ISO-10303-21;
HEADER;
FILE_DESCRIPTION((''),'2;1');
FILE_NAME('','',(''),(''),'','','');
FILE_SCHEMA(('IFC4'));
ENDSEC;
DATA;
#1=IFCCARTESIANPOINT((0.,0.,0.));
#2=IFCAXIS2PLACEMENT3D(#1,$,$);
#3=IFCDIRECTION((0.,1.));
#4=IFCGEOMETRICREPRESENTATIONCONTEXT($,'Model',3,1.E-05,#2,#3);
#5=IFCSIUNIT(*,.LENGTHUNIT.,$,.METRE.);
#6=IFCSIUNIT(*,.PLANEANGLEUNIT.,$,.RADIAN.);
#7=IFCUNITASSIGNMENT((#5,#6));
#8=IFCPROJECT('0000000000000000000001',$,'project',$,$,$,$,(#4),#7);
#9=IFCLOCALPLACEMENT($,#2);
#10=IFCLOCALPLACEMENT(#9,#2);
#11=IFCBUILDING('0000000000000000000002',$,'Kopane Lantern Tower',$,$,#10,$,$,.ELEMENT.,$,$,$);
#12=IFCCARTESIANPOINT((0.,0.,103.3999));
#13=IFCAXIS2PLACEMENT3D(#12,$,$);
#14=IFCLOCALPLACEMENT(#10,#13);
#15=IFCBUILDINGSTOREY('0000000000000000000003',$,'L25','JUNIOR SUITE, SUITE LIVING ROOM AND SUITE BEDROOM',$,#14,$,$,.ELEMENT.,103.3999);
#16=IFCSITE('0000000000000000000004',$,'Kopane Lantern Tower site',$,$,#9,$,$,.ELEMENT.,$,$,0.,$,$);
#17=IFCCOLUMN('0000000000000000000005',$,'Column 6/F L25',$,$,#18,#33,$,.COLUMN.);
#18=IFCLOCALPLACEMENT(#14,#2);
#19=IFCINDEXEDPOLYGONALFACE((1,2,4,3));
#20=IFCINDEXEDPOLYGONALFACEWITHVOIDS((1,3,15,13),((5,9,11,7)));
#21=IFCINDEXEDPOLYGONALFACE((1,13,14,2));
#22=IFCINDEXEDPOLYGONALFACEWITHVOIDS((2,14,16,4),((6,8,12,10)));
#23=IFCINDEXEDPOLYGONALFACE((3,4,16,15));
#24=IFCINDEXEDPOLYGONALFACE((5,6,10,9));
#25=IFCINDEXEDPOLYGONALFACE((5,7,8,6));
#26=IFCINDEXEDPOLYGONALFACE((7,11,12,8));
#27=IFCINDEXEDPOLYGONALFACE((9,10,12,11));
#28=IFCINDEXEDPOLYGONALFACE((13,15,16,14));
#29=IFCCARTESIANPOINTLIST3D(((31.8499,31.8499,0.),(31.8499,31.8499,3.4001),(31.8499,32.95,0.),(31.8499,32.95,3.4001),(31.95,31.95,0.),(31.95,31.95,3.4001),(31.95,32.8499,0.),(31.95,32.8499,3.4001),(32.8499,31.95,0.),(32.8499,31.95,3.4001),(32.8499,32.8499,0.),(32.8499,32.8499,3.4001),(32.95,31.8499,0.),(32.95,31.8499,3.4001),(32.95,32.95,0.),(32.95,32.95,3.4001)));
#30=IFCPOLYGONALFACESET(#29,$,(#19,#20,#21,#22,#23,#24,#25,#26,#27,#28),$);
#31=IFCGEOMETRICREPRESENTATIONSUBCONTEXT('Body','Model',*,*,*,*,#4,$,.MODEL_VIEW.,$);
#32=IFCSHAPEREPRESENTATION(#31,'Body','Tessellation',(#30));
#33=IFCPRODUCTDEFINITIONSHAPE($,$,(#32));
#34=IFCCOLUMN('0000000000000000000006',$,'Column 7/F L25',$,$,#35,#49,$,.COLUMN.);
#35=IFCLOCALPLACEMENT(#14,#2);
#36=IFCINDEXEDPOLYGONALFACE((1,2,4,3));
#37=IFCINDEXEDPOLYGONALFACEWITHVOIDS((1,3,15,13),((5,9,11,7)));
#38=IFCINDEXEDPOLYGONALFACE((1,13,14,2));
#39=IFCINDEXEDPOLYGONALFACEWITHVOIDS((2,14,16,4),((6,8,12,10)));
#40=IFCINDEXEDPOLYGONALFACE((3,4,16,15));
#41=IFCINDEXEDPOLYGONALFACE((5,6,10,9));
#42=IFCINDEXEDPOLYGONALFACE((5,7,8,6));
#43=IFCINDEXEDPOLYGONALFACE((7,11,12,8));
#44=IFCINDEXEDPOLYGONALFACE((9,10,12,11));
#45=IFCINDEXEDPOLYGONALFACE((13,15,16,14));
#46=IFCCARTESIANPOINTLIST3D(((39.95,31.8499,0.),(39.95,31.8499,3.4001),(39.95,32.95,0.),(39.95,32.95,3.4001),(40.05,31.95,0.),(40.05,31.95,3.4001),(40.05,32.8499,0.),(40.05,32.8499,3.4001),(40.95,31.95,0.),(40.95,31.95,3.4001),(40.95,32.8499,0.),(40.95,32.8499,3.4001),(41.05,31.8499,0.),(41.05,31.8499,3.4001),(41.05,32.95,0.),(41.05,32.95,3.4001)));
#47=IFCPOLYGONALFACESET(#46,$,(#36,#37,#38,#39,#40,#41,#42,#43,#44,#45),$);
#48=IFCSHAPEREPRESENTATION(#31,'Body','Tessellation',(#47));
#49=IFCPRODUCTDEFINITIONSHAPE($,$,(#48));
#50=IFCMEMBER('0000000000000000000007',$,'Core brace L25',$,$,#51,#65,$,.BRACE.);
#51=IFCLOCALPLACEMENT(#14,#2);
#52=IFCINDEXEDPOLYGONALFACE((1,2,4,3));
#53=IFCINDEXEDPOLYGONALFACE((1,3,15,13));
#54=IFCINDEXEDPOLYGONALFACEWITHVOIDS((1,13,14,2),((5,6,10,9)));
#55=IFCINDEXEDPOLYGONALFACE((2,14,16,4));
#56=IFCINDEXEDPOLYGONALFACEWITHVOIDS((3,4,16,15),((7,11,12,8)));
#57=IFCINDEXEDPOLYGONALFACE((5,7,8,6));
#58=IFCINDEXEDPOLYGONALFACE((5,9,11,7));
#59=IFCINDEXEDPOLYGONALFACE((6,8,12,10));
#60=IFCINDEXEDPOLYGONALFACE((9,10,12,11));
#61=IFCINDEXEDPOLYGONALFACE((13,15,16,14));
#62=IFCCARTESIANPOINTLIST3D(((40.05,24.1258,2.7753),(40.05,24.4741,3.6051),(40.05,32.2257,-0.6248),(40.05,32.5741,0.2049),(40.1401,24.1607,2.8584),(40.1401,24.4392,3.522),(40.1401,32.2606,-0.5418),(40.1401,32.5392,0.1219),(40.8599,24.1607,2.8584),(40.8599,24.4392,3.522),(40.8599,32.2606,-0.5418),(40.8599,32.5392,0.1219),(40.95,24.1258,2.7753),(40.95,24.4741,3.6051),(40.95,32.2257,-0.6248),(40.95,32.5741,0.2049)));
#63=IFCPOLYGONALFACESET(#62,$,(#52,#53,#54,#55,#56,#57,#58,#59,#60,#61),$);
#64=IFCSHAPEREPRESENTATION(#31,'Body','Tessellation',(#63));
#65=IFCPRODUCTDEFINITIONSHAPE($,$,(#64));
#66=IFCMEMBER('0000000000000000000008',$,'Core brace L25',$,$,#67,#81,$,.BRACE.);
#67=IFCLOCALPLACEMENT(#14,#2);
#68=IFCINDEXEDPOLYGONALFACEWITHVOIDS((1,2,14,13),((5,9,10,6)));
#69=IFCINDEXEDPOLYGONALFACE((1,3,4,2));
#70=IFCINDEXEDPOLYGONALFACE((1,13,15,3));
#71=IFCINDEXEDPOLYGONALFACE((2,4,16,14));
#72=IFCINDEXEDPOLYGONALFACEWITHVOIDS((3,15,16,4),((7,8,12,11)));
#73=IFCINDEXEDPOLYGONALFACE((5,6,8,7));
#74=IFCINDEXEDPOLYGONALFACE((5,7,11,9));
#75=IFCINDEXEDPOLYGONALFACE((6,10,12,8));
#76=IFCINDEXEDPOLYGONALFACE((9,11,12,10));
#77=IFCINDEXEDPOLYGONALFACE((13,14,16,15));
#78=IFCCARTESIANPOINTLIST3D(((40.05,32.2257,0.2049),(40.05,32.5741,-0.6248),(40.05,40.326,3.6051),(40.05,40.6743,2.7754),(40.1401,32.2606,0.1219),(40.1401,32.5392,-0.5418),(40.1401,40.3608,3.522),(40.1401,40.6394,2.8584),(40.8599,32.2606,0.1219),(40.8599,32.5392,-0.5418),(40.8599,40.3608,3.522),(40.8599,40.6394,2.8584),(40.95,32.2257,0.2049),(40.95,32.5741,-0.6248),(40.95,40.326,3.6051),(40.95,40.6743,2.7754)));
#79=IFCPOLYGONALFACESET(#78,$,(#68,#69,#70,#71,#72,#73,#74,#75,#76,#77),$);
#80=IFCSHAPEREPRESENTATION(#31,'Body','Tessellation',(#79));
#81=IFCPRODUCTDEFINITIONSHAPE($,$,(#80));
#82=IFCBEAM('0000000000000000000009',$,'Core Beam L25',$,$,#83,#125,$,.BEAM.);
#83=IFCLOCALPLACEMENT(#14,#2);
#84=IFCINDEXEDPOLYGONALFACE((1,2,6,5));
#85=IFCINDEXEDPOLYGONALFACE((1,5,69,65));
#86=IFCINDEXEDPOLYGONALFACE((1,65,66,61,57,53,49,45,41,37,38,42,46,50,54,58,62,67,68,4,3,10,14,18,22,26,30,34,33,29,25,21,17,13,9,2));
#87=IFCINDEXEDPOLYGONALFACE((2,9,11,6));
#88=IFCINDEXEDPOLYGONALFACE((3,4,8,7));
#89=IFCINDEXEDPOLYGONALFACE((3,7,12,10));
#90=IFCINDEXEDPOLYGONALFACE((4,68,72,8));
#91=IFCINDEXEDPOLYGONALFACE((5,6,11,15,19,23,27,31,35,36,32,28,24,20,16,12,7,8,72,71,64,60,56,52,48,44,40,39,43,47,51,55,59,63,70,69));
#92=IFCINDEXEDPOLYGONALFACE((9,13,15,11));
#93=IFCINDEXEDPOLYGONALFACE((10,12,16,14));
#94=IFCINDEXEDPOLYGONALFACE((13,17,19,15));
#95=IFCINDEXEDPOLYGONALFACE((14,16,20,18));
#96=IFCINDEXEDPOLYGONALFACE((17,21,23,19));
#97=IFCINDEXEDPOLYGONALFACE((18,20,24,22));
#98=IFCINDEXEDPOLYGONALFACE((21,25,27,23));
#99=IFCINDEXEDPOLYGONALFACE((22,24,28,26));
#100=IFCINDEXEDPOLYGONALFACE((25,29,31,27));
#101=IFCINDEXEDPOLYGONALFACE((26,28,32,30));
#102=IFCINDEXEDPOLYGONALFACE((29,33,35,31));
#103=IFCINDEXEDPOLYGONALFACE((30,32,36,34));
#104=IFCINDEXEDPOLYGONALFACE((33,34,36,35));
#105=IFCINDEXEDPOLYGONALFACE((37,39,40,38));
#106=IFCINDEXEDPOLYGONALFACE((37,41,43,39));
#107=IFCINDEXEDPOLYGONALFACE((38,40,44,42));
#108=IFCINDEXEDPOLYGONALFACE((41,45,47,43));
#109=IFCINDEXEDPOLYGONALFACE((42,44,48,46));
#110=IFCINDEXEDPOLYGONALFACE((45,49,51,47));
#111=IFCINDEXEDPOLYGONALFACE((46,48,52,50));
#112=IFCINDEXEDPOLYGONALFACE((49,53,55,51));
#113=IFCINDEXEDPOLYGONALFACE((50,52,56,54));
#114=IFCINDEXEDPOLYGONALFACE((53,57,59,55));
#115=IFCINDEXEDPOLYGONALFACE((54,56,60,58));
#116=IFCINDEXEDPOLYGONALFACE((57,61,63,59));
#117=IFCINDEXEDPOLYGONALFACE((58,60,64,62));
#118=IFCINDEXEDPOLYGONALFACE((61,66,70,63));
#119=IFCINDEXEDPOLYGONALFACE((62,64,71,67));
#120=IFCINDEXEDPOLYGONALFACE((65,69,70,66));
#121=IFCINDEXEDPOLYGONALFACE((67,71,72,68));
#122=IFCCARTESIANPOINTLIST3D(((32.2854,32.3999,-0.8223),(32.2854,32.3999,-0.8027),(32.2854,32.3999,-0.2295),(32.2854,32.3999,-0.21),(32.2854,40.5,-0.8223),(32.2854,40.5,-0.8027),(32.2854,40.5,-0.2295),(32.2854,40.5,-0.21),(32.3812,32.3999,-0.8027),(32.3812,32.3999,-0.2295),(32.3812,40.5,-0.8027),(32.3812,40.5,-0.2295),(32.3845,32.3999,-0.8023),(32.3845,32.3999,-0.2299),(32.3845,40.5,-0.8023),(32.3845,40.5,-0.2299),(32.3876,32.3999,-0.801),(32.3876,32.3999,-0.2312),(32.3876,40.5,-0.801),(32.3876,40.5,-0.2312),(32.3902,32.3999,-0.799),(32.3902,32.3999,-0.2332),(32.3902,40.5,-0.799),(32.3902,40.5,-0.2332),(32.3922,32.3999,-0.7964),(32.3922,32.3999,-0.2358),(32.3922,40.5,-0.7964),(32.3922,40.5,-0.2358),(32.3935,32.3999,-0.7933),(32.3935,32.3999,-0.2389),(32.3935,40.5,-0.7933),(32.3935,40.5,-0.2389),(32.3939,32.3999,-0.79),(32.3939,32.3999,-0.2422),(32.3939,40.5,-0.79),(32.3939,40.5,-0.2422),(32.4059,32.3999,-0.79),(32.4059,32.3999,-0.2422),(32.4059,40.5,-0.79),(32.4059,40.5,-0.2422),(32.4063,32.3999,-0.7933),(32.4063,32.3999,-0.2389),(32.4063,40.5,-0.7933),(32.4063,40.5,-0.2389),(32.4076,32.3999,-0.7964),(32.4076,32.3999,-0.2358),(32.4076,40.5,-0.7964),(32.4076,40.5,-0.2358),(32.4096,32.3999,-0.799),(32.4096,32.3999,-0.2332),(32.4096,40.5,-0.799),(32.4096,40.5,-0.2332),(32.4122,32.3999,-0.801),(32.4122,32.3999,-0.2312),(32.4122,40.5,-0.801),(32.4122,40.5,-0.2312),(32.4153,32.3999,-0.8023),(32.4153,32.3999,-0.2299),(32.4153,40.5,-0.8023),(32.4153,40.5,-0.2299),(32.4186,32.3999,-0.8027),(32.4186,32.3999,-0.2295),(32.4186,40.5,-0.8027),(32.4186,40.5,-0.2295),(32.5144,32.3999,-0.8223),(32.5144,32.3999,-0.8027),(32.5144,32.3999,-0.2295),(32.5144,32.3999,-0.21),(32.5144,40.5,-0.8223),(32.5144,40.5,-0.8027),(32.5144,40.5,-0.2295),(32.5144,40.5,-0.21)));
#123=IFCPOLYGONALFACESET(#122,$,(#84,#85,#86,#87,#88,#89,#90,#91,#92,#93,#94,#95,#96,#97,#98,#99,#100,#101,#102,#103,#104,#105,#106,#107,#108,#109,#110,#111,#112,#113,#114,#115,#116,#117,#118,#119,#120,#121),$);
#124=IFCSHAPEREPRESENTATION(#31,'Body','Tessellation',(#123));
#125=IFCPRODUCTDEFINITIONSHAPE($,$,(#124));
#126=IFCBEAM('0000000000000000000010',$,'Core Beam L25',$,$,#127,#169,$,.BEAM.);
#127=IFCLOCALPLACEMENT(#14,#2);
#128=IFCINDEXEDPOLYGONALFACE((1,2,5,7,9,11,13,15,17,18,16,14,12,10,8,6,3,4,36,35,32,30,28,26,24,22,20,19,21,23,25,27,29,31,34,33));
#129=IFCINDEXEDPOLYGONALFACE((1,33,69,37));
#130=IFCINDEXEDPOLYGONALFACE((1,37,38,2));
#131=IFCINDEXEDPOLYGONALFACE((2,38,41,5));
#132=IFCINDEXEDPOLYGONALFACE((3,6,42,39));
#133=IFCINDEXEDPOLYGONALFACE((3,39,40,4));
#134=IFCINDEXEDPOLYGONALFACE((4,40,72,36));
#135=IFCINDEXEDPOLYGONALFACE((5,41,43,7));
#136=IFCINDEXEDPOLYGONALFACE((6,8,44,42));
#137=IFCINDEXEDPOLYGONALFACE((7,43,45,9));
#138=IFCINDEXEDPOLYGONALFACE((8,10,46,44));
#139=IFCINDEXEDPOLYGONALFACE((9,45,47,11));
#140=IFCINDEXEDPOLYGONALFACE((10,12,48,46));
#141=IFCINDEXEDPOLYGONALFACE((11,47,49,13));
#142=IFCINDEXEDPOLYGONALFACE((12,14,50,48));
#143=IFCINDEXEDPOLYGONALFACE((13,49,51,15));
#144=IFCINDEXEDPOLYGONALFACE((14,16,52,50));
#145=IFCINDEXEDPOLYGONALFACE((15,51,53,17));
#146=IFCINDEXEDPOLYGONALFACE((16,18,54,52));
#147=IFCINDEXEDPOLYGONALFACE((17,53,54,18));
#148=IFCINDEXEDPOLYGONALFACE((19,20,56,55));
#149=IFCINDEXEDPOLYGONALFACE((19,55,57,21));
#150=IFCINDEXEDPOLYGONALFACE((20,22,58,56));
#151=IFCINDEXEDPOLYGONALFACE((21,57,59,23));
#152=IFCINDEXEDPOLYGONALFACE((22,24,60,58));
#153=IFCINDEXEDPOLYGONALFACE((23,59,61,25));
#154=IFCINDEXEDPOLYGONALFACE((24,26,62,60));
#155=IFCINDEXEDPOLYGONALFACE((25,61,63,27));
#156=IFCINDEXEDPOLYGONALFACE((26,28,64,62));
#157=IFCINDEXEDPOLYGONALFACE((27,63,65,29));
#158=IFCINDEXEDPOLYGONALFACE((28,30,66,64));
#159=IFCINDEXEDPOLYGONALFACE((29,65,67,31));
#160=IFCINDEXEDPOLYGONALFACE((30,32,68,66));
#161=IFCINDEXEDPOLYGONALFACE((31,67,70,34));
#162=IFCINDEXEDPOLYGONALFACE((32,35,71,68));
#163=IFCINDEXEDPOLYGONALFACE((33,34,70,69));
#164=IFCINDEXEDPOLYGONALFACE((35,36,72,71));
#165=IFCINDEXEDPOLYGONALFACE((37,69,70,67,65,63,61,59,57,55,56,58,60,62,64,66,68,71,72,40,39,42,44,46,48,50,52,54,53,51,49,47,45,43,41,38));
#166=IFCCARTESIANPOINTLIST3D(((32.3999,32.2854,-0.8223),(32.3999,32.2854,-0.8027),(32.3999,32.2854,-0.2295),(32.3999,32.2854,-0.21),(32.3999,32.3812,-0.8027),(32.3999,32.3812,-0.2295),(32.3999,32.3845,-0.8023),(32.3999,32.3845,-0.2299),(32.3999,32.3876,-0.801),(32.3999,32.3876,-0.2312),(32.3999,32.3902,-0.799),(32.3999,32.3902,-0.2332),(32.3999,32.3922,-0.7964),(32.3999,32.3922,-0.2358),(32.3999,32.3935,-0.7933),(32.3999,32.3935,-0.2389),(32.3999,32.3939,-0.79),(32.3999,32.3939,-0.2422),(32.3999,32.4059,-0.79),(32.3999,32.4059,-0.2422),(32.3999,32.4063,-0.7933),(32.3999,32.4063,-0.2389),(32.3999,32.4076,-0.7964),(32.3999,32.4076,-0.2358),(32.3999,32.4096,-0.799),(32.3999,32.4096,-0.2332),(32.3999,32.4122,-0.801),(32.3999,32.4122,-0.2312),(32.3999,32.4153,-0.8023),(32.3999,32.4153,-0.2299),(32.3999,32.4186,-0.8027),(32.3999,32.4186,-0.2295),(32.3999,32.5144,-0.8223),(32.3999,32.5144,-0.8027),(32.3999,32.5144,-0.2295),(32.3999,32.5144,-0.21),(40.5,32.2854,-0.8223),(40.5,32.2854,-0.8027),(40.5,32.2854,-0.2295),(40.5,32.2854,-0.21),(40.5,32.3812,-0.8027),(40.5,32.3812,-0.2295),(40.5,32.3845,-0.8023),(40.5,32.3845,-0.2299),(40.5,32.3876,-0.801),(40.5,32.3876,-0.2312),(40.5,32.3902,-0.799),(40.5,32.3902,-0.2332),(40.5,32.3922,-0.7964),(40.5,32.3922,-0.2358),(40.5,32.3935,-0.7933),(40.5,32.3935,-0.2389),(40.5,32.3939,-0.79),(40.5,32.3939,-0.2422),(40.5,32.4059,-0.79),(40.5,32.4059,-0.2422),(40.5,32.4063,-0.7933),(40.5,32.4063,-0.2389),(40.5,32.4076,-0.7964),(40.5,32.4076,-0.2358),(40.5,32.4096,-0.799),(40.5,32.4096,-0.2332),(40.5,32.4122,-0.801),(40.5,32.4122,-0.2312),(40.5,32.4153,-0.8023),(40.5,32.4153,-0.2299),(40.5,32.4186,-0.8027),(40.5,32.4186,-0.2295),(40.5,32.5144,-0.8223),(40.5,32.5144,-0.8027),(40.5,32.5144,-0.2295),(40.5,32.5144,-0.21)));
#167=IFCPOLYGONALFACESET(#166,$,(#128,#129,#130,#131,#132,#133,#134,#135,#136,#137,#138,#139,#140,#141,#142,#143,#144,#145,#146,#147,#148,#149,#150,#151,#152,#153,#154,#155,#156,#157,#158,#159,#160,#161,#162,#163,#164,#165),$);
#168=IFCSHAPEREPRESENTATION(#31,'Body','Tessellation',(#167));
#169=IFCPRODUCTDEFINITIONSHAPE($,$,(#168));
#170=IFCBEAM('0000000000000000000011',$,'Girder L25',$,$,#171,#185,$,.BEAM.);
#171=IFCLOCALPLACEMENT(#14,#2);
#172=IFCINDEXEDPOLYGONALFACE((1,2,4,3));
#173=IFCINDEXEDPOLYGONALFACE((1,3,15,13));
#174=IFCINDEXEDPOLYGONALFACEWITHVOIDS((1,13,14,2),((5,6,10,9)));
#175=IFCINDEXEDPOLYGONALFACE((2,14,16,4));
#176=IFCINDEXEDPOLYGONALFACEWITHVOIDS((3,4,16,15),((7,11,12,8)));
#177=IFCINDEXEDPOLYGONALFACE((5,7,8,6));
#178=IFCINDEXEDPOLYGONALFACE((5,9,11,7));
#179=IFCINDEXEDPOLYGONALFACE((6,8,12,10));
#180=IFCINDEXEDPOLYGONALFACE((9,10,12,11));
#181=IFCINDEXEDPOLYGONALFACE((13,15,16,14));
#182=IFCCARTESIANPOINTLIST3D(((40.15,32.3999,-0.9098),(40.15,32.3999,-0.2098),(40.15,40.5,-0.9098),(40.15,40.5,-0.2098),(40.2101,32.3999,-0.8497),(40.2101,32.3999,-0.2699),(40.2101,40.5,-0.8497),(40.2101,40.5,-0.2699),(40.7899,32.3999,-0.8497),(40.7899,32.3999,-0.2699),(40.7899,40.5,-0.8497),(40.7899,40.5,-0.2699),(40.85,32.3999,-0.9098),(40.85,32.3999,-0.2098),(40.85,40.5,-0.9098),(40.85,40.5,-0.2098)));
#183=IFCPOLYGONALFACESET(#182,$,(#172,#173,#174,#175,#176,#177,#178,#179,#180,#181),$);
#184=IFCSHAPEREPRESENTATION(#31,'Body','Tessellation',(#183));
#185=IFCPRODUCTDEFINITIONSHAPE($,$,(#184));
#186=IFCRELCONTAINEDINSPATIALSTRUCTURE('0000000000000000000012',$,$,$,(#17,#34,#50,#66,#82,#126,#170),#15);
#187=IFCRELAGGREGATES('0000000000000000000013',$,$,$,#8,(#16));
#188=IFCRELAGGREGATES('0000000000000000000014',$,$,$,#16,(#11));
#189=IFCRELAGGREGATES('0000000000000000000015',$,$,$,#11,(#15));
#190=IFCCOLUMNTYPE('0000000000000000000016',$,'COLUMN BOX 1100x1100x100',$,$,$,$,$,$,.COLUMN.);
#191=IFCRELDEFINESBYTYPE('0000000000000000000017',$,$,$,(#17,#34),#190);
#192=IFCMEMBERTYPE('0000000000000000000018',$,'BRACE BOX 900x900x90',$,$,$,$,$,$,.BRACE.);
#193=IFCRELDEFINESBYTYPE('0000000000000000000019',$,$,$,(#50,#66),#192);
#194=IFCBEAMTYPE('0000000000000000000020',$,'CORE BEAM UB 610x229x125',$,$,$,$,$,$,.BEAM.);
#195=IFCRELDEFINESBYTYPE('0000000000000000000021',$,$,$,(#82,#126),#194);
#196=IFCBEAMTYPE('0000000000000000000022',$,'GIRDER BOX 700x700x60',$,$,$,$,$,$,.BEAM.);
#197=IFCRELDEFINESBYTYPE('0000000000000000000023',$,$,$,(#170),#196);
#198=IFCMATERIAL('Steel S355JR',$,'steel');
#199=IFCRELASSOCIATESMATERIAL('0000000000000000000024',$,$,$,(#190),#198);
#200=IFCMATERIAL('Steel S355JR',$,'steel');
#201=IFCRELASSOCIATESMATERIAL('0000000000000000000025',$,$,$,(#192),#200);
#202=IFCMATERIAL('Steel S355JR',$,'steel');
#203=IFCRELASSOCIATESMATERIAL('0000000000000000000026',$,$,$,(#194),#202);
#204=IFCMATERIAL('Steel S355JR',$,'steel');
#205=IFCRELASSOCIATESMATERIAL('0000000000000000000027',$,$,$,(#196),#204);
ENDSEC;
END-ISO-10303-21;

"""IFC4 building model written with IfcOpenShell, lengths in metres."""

from ifc_helpers import new_model, si_unit, direction, frame, origin, origin_2d, place, context, subcontext, project, spatial, hollow_rectangle, i_section, extrude, material, material_profile, profile_set, type_object, element, save


model = new_model("IFC4")

# Units and contexts
model_context = context("Model", 3, precision=1e-05, world=origin(), true_north=direction((0.0, 1.0)))
body_context = subcontext(model_context, "Body", "Model", "MODEL_VIEW")
ifc_project = project(units=[si_unit("LENGTHUNIT", "METRE"), si_unit("PLANEANGLEUNIT", "RADIAN")], contexts=[model_context])

# Site, building, storey
site_placement = place(None, origin())
site = spatial("IfcSite", under=ifc_project, at=site_placement, Name="Kopane Lantern Tower site", CompositionType="ELEMENT", RefElevation=0.0)
building_placement = place(site_placement, origin())
building = spatial("IfcBuilding", under=site, at=building_placement, Name="Kopane Lantern Tower", CompositionType="ELEMENT")
storey_placement = place(building_placement, frame((0.0, 0.0, 103.3999)))
storey = spatial("IfcBuildingStorey", under=building, at=storey_placement, Name="L25", Description="JUNIOR SUITE, SUITE LIVING ROOM AND SUITE BEDROOM", CompositionType="ELEMENT", Elevation=103.3999)

# Columns
ifc_material_1 = material(Name="Steel S355JR", Category="steel")
ifc_material_profile_1 = material_profile(ifc_material_1, hollow_rectangle(XDim=1.1001, YDim=1.1001, WallThickness=0.1001, at=origin_2d()), Name="BOX 1100x1100x100")
ifc_profile_set_1 = profile_set([ifc_material_profile_1], Name="Steel S355JR")
column_type = type_object("IfcColumnType", Name="COLUMN BOX 1100x1100x100", PredefinedType="COLUMN", material=ifc_profile_set_1)
for number, where, z_axis, x_axis, name in (
    (1, (32.3999, 32.3999, 0.0), (0.0, 0.0, 1.0), (1.0, 0.0, 0.0), "Column 6/F L25"),
    (2, (40.5, 32.3999, 0.0), (0.0, 0.0, 1.0), (1.0, 0.0, 0.0), "Column 7/F L25"),
):
    element("IfcColumn", number, at=place(storey_placement, frame(where, z_axis=z_axis, x_axis=x_axis)), inside=storey, type_object=column_type, Name=name, PredefinedType="COLUMN", context=body_context, shape_type="SweptSolid", body=[
        extrude(hollow_rectangle(XDim=1.1001, YDim=1.1001, WallThickness=0.1001, at=origin_2d()), origin(), (0.0, 0.0, 1.0), 3.4001),
    ])

# Members
ifc_material_2 = material(Name="Steel S355JR", Category="steel")
ifc_material_profile_2 = material_profile(ifc_material_2, hollow_rectangle(XDim=0.8999, YDim=0.8999, WallThickness=0.0901, at=origin_2d()), Name="BOX 900x900x90")
ifc_profile_set_2 = profile_set([ifc_material_profile_2], Name="Steel S355JR")
member_type = type_object("IfcMemberType", Name="BRACE BOX 900x900x90", PredefinedType="BRACE", material=ifc_profile_set_2)
member_1_placement = place(storey_placement, frame((40.5, 32.3999, -0.21), z_axis=(0.0, -0.922055, 0.387059), x_axis=(1.0, 0.0, 0.0)))
element("IfcMember", 3, at=member_1_placement, inside=storey, type_object=member_type, Name="Core brace L25", PredefinedType="BRACE", context=body_context, shape_type="SweptSolid", body=[
    extrude(hollow_rectangle(XDim=0.8999, YDim=0.8999, WallThickness=0.0901, at=origin_2d()), origin(), (0.0, 0.0, 1.0), 8.7847),
])
member_2_placement = place(storey_placement, frame((40.5, 32.3999, -0.21), z_axis=(0.0, 0.922059, 0.387049), x_axis=(-1.0, 0.0, 0.0)))
element("IfcMember", 4, at=member_2_placement, inside=storey, type_object=member_type, Name="Core brace L25", PredefinedType="BRACE", context=body_context, shape_type="SweptSolid", body=[
    extrude(hollow_rectangle(XDim=0.8999, YDim=0.8999, WallThickness=0.0901, at=origin_2d()), origin(), (0.0, 0.0, 1.0), 8.7849),
])

# Beams
ifc_material_3 = material(Name="Steel S355JR", Category="steel")
ifc_material_profile_3 = material_profile(ifc_material_3, i_section(OverallWidth=0.229, OverallDepth=0.6123, WebThickness=0.012, FlangeThickness=0.0195, FilletRadius=0.0127, at=origin_2d()), Name="UB 610x229x125")
ifc_profile_set_3 = profile_set([ifc_material_profile_3], Name="Steel S355JR")
beam_type_1 = type_object("IfcBeamType", Name="CORE BEAM UB 610x229x125", PredefinedType="BEAM", material=ifc_profile_set_3)
for number, where, z_axis, x_axis, name in (
    (5, (32.3999, 32.3999, -0.5161), (0.0, 1.0, 0.0), (-1.0, 0.0, 0.0), "Core Beam L25"),
    (6, (32.3999, 32.3999, -0.5161), (1.0, 0.0, 0.0), (0.0, 1.0, 0.0), "Core Beam L25"),
):
    element("IfcBeam", number, at=place(storey_placement, frame(where, z_axis=z_axis, x_axis=x_axis)), inside=storey, type_object=beam_type_1, Name=name, PredefinedType="BEAM", context=body_context, shape_type="SweptSolid", body=[
        extrude(i_section(OverallWidth=0.229, OverallDepth=0.6123, WebThickness=0.012, FlangeThickness=0.0195, FilletRadius=0.0127, at=origin_2d()), origin(), (0.0, 0.0, 1.0), 8.1001),
    ])
ifc_material_4 = material(Name="Steel S355JR", Category="steel")
ifc_material_profile_4 = material_profile(ifc_material_4, hollow_rectangle(XDim=0.7, YDim=0.7, WallThickness=0.0601, at=origin_2d()), Name="BOX 700x700x60")
ifc_profile_set_4 = profile_set([ifc_material_profile_4], Name="Steel S355JR")
beam_type_2 = type_object("IfcBeamType", Name="GIRDER BOX 700x700x60", PredefinedType="BEAM", material=ifc_profile_set_4)
for number, where, z_axis, x_axis, name in (
    (7, (40.5, 32.3999, -0.5598), (0.0, 1.0, 0.0), (-1.0, 0.0, 0.0), "Girder L25"),
):
    element("IfcBeam", number, at=place(storey_placement, frame(where, z_axis=z_axis, x_axis=x_axis)), inside=storey, type_object=beam_type_2, Name=name, PredefinedType="BEAM", context=body_context, shape_type="SweptSolid", body=[
        extrude(hollow_rectangle(XDim=0.7, YDim=0.7, WallThickness=0.0601, at=origin_2d()), origin(), (0.0, 0.0, 1.0), 8.1001),
    ])

save(model, "model.ifc")
